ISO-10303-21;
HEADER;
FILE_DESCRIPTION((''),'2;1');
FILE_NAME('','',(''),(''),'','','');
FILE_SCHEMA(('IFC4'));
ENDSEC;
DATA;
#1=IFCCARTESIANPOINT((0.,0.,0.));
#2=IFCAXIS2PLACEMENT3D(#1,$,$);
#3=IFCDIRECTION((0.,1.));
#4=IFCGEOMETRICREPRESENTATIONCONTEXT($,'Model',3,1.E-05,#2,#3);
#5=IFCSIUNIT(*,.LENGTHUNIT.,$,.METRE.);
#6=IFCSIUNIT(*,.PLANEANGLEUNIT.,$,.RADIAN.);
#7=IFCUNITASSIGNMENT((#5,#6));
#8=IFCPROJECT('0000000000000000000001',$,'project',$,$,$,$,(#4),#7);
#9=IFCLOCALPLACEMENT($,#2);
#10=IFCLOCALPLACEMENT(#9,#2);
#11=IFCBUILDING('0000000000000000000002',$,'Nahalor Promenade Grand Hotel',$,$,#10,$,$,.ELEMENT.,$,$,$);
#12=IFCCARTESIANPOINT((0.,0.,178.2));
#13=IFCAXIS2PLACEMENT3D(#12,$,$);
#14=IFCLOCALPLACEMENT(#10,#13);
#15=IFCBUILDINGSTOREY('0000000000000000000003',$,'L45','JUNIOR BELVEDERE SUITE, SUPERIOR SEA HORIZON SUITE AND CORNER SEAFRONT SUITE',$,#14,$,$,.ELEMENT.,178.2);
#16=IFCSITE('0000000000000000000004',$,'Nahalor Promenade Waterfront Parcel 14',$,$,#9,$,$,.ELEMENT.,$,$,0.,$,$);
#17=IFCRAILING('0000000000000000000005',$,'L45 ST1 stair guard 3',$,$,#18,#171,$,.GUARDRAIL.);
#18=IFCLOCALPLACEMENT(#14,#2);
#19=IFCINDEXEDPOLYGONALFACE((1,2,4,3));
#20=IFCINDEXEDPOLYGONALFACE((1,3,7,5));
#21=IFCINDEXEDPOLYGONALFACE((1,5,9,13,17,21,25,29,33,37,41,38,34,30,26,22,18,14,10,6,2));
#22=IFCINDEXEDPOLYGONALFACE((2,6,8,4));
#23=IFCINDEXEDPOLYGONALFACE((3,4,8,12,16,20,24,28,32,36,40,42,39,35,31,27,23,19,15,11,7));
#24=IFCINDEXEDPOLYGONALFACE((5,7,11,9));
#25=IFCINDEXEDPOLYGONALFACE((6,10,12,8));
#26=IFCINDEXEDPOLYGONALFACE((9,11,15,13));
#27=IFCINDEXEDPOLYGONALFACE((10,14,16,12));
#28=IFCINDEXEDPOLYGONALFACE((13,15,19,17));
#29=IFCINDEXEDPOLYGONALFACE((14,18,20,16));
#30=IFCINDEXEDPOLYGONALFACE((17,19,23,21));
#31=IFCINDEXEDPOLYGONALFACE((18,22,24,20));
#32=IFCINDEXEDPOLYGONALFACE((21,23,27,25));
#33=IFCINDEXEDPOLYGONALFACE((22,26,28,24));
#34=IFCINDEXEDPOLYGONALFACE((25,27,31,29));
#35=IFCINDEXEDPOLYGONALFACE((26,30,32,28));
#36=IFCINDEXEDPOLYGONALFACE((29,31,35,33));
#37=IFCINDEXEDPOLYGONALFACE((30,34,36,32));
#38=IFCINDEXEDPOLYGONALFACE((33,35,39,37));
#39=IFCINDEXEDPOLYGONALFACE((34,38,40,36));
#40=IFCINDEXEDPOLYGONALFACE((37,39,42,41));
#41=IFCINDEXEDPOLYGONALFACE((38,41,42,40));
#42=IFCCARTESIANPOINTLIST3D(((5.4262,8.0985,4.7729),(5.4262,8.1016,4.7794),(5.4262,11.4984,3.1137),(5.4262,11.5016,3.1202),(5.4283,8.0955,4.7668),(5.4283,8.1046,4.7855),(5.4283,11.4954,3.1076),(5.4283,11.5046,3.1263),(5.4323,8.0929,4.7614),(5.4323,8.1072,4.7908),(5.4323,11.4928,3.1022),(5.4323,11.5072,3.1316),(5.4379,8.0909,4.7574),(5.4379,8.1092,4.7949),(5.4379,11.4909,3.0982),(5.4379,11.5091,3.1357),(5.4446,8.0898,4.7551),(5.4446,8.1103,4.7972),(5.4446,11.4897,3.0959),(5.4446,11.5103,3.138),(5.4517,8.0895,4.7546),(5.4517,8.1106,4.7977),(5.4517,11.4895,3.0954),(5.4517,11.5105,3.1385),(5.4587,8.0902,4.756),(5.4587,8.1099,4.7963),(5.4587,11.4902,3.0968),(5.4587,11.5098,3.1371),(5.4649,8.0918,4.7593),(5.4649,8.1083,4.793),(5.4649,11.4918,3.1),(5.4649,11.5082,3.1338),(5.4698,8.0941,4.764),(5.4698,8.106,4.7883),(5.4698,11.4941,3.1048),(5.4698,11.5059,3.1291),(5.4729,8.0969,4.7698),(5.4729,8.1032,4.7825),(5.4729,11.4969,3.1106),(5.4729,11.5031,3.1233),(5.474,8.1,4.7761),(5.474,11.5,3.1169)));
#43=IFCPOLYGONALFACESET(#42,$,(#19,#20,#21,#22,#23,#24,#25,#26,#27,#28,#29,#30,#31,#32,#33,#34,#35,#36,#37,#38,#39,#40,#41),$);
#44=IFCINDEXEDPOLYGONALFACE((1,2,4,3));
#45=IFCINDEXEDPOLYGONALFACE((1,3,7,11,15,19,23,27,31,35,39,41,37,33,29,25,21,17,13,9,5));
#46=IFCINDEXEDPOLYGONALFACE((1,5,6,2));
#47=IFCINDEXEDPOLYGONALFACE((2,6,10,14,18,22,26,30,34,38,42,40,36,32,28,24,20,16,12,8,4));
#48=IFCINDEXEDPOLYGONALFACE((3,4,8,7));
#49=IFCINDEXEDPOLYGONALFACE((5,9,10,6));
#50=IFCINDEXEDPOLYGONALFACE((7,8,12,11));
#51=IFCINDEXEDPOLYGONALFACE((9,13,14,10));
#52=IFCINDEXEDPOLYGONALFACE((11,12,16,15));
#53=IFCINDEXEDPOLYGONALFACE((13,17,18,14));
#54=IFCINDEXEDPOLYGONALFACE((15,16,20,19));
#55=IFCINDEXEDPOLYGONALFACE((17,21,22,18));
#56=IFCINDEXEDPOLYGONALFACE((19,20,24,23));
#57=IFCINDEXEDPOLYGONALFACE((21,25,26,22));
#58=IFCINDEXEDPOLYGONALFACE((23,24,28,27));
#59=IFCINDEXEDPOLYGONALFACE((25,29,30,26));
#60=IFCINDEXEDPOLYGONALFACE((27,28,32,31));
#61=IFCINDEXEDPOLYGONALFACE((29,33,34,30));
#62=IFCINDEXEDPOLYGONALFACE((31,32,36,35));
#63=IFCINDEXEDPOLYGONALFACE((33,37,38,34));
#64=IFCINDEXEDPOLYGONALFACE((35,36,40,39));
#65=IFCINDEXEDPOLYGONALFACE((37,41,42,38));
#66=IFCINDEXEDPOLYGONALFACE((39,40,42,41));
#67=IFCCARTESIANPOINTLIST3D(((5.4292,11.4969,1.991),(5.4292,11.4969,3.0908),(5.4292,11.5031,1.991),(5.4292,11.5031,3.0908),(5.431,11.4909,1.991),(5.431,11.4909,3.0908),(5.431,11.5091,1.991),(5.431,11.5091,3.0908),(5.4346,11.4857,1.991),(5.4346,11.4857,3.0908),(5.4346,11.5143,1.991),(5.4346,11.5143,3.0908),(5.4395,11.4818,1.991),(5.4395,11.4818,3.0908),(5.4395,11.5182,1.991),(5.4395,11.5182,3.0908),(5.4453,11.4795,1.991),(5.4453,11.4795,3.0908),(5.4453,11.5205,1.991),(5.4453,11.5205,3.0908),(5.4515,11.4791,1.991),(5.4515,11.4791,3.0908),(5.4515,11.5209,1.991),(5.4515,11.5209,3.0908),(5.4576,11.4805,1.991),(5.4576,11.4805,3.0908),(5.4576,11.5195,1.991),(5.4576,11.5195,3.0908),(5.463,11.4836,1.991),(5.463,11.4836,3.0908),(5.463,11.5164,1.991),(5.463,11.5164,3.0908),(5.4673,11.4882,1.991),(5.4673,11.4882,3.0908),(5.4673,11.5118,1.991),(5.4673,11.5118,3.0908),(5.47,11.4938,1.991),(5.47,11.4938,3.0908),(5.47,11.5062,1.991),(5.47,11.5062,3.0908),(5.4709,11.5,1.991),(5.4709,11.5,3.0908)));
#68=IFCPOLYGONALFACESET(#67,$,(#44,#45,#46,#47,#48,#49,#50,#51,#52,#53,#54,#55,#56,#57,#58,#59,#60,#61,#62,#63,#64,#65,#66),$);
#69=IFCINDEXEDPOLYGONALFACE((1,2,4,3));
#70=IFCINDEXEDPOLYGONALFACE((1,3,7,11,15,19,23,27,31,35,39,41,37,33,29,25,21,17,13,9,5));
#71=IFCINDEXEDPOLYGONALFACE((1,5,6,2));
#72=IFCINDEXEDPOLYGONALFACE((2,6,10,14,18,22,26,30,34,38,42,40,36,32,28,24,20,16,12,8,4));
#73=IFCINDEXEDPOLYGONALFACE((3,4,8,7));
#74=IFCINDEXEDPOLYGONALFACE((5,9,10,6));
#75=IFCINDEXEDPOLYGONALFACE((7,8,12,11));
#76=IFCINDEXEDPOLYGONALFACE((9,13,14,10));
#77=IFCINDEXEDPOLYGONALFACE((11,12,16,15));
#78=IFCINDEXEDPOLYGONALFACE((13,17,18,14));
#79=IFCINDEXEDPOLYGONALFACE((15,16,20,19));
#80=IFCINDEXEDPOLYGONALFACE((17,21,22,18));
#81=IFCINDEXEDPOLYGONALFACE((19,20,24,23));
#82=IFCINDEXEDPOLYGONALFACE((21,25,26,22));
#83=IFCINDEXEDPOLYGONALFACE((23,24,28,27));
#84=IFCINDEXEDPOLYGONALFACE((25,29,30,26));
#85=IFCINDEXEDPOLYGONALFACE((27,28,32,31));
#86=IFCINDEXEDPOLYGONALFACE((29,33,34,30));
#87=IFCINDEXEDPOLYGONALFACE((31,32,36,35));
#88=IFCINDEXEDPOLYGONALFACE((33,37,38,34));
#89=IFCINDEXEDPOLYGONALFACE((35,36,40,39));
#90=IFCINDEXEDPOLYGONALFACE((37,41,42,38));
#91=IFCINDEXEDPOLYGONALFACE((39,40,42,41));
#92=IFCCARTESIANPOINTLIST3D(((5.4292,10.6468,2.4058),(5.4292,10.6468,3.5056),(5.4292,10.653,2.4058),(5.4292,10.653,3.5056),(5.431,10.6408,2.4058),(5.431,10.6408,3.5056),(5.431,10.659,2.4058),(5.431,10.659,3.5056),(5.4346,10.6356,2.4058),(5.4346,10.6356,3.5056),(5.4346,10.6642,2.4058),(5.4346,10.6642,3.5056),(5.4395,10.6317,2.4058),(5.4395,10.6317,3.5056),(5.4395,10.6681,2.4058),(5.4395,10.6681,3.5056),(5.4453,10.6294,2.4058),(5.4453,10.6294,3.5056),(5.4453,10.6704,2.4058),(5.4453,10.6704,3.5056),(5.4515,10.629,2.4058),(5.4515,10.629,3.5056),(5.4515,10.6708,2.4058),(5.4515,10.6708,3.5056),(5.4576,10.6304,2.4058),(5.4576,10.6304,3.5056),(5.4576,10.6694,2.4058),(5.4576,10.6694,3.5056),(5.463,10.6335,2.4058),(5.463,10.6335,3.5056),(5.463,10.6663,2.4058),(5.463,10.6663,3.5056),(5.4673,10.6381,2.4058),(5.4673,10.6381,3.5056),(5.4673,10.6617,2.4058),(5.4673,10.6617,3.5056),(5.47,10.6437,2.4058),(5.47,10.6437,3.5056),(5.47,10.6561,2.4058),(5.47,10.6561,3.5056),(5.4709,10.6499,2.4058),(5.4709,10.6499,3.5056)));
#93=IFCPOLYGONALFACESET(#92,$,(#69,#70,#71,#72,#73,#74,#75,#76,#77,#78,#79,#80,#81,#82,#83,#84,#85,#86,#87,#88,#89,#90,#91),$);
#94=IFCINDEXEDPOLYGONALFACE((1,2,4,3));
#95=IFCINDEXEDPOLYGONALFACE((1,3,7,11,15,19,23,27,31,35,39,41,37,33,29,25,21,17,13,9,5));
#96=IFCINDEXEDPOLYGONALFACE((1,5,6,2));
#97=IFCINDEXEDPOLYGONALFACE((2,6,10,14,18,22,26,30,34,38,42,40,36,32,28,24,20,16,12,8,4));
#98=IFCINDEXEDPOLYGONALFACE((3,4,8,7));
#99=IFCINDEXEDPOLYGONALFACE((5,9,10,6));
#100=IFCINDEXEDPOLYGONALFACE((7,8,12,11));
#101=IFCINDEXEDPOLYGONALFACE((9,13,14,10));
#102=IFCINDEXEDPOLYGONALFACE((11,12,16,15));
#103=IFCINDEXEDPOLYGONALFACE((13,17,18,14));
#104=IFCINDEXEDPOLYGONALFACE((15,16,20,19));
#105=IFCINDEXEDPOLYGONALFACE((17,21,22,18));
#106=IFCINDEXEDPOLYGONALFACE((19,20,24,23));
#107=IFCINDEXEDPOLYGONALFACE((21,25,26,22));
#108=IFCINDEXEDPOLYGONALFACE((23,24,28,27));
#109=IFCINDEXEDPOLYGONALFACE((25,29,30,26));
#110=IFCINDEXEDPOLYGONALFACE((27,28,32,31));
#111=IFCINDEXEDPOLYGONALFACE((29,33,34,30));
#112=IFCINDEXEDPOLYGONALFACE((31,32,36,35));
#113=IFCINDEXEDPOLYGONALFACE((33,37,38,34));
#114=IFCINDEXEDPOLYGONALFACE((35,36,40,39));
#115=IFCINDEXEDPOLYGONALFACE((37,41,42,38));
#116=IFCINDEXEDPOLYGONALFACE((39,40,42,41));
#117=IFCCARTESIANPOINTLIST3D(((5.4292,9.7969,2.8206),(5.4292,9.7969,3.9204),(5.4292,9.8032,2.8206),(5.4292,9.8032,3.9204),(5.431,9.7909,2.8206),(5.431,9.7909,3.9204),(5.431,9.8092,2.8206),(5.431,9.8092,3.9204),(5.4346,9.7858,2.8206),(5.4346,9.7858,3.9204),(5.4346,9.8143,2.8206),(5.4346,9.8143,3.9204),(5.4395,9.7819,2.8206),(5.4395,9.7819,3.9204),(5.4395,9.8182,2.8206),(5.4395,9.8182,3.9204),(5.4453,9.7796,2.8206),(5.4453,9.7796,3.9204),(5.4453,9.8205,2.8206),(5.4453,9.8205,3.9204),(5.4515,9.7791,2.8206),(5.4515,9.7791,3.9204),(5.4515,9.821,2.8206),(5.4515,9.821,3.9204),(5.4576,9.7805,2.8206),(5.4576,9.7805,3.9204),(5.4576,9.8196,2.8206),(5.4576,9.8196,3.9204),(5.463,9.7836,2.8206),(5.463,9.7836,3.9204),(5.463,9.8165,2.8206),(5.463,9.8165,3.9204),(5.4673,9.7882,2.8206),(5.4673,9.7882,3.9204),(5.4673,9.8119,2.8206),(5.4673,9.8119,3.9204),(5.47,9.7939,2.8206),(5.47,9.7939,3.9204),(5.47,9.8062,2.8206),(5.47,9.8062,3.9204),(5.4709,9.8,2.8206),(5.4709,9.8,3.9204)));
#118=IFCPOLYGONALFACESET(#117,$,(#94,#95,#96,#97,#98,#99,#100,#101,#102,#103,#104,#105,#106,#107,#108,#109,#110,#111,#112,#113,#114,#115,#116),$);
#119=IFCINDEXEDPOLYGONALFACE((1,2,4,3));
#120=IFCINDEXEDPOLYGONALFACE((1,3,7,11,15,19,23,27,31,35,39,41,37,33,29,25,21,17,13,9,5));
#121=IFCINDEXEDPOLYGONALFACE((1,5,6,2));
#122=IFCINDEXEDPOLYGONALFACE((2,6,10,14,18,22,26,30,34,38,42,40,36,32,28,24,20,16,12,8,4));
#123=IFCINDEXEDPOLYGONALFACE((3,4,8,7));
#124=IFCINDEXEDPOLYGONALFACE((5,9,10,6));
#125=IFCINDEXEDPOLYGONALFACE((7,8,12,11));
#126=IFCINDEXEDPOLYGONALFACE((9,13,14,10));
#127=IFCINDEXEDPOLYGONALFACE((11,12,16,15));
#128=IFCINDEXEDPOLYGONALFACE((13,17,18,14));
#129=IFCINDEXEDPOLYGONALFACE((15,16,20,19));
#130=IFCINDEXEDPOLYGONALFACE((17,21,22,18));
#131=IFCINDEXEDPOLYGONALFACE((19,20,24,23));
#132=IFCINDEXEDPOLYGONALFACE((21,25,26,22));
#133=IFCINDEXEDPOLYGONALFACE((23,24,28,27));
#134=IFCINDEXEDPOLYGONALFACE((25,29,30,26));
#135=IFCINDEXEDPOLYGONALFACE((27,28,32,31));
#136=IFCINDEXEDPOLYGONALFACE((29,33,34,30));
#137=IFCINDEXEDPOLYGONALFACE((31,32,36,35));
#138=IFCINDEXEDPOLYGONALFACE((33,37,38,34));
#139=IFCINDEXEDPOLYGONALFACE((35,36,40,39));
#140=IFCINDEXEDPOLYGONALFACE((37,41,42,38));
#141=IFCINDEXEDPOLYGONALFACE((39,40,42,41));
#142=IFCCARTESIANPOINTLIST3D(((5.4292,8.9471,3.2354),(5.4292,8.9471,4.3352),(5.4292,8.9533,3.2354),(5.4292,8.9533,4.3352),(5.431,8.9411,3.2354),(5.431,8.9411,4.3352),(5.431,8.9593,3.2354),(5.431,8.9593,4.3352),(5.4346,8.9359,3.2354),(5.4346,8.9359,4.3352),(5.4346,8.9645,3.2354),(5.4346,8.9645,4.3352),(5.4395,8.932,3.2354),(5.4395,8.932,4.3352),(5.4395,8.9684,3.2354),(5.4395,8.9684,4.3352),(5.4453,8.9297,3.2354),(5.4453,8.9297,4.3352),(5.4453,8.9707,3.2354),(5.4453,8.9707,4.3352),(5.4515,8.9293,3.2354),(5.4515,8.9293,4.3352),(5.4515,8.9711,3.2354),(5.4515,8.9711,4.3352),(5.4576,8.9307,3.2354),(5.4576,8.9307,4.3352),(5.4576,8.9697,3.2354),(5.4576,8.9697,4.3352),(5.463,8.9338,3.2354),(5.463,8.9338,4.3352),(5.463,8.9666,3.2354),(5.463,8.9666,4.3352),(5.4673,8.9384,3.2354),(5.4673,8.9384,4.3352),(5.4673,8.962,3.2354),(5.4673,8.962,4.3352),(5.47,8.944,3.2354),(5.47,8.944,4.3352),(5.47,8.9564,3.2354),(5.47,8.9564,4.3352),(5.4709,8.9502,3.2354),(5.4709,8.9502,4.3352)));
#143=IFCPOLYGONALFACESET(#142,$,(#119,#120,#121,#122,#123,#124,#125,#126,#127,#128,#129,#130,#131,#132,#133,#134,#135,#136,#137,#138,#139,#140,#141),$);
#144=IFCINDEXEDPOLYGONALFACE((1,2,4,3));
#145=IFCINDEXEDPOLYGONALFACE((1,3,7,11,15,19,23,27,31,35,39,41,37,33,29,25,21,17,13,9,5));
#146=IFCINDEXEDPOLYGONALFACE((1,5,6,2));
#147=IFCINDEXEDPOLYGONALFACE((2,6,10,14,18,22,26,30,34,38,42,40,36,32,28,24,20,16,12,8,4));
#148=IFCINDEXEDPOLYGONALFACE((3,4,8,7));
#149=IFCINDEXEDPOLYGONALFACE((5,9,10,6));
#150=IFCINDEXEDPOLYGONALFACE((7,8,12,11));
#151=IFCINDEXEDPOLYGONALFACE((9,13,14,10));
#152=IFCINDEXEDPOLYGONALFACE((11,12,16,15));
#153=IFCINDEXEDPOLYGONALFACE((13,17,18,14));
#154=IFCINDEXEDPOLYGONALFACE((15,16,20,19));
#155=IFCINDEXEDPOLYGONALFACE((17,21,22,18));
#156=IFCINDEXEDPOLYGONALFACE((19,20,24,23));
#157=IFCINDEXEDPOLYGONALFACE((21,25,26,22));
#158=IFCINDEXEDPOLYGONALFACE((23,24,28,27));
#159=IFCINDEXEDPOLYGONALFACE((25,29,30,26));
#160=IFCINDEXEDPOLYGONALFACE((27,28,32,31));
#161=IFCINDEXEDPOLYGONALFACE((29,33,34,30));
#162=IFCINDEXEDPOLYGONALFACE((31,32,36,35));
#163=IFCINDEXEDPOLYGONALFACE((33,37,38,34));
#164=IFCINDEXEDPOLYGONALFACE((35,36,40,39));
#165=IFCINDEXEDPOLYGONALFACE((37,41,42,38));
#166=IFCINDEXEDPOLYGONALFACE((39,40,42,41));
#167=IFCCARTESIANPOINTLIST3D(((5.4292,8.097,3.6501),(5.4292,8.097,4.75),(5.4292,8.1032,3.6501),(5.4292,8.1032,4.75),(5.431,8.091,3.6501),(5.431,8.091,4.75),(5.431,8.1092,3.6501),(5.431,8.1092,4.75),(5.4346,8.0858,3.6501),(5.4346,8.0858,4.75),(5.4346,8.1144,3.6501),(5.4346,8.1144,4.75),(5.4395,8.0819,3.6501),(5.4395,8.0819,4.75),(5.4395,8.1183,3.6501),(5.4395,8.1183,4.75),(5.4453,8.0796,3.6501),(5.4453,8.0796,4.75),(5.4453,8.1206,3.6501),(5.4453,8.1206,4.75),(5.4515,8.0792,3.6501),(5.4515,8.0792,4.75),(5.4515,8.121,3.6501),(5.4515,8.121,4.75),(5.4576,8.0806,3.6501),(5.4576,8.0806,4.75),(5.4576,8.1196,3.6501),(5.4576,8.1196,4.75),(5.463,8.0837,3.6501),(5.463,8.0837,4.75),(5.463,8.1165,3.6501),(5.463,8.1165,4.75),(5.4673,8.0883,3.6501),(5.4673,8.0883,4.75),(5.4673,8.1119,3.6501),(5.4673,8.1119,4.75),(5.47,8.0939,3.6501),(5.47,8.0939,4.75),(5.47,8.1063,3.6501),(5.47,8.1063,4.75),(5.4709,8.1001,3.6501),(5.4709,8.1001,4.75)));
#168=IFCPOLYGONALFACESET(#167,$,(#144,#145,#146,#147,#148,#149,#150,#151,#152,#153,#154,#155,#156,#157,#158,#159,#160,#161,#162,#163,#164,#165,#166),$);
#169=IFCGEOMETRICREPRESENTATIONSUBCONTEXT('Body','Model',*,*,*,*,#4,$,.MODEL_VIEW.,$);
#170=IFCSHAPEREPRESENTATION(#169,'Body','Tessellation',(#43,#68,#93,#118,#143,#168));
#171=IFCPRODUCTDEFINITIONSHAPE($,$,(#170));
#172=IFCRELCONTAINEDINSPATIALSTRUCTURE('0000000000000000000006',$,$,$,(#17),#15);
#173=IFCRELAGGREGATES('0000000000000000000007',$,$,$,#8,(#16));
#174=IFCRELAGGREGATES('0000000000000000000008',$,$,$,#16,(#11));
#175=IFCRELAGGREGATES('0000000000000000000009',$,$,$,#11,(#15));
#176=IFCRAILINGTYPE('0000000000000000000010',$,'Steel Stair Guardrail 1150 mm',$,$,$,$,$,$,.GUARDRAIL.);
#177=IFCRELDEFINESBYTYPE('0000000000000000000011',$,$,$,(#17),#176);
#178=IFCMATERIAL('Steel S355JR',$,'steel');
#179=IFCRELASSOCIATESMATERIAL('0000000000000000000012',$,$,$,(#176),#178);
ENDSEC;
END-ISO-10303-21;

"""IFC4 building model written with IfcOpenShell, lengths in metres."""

from ifc_helpers import new_model, si_unit, direction, frame, origin, origin_2d, place, context, subcontext, project, spatial, circle, extrude, material, type_object, element, save


model = new_model("IFC4")

# Units and contexts
model_context = context("Model", 3, precision=1e-05, world=origin(), true_north=direction((0.0, 1.0)))
body_context = subcontext(model_context, "Body", "Model", "MODEL_VIEW")
ifc_project = project(units=[si_unit("LENGTHUNIT", "METRE"), si_unit("PLANEANGLEUNIT", "RADIAN")], contexts=[model_context])

# Site, building, storey
site_placement = place(None, origin())
site = spatial("IfcSite", under=ifc_project, at=site_placement, Name="Nahalor Promenade Waterfront Parcel 14", CompositionType="ELEMENT", RefElevation=0.0)
building_placement = place(site_placement, origin())
building = spatial("IfcBuilding", under=site, at=building_placement, Name="Nahalor Promenade Grand Hotel", CompositionType="ELEMENT")
storey_placement = place(building_placement, frame((0.0, 0.0, 178.2)))
storey = spatial("IfcBuildingStorey", under=building, at=storey_placement, Name="L45", Description="JUNIOR BELVEDERE SUITE, SUPERIOR SEA HORIZON SUITE AND CORNER SEAFRONT SUITE", CompositionType="ELEMENT", Elevation=178.2)

# Shared definitions
ifc_material_1 = material(Name="Steel S355JR", Category="steel")

# Railing
railing_type = type_object("IfcRailingType", Name="Steel Stair Guardrail 1150 mm", PredefinedType="GUARDRAIL", material=ifc_material_1)
railing_1_placement = place(storey_placement, frame((5.45, 11.5, 1.991)))
element("IfcRailing", 1, at=railing_1_placement, inside=storey, type_object=railing_type, Name="L45 ST1 stair guard 3", PredefinedType="GUARDRAIL", context=body_context, shape_type="SweptSolid", body=[
    extrude(circle(Radius=0.024, at=origin_2d()), frame((0.0, 0.0, 1.126), z_axis=(0.0, -0.898696, 0.438571), x_axis=(1.0, 0.0, 0.0)), (0.0, 0.0, 1.0), 3.7832),
    extrude(circle(Radius=0.021, at=origin_2d()), origin(), (0.0, 0.0, 1.0), 1.0999),
    extrude(circle(Radius=0.021, at=origin_2d()), frame((0.0, -0.8501, 0.4148)), (0.0, 0.0, 1.0), 1.0999),
    extrude(circle(Radius=0.021, at=origin_2d()), frame((0.0, -1.7, 0.8296)), (0.0, 0.0, 1.0), 1.0999),
    extrude(circle(Radius=0.021, at=origin_2d()), frame((0.0, -2.5498, 1.2444)), (0.0, 0.0, 1.0), 1.0999),
    extrude(circle(Radius=0.021, at=origin_2d()), frame((0.0, -3.3999, 1.6592)), (0.0, 0.0, 1.0), 1.0999),
])

save(model, "model.ifc")
